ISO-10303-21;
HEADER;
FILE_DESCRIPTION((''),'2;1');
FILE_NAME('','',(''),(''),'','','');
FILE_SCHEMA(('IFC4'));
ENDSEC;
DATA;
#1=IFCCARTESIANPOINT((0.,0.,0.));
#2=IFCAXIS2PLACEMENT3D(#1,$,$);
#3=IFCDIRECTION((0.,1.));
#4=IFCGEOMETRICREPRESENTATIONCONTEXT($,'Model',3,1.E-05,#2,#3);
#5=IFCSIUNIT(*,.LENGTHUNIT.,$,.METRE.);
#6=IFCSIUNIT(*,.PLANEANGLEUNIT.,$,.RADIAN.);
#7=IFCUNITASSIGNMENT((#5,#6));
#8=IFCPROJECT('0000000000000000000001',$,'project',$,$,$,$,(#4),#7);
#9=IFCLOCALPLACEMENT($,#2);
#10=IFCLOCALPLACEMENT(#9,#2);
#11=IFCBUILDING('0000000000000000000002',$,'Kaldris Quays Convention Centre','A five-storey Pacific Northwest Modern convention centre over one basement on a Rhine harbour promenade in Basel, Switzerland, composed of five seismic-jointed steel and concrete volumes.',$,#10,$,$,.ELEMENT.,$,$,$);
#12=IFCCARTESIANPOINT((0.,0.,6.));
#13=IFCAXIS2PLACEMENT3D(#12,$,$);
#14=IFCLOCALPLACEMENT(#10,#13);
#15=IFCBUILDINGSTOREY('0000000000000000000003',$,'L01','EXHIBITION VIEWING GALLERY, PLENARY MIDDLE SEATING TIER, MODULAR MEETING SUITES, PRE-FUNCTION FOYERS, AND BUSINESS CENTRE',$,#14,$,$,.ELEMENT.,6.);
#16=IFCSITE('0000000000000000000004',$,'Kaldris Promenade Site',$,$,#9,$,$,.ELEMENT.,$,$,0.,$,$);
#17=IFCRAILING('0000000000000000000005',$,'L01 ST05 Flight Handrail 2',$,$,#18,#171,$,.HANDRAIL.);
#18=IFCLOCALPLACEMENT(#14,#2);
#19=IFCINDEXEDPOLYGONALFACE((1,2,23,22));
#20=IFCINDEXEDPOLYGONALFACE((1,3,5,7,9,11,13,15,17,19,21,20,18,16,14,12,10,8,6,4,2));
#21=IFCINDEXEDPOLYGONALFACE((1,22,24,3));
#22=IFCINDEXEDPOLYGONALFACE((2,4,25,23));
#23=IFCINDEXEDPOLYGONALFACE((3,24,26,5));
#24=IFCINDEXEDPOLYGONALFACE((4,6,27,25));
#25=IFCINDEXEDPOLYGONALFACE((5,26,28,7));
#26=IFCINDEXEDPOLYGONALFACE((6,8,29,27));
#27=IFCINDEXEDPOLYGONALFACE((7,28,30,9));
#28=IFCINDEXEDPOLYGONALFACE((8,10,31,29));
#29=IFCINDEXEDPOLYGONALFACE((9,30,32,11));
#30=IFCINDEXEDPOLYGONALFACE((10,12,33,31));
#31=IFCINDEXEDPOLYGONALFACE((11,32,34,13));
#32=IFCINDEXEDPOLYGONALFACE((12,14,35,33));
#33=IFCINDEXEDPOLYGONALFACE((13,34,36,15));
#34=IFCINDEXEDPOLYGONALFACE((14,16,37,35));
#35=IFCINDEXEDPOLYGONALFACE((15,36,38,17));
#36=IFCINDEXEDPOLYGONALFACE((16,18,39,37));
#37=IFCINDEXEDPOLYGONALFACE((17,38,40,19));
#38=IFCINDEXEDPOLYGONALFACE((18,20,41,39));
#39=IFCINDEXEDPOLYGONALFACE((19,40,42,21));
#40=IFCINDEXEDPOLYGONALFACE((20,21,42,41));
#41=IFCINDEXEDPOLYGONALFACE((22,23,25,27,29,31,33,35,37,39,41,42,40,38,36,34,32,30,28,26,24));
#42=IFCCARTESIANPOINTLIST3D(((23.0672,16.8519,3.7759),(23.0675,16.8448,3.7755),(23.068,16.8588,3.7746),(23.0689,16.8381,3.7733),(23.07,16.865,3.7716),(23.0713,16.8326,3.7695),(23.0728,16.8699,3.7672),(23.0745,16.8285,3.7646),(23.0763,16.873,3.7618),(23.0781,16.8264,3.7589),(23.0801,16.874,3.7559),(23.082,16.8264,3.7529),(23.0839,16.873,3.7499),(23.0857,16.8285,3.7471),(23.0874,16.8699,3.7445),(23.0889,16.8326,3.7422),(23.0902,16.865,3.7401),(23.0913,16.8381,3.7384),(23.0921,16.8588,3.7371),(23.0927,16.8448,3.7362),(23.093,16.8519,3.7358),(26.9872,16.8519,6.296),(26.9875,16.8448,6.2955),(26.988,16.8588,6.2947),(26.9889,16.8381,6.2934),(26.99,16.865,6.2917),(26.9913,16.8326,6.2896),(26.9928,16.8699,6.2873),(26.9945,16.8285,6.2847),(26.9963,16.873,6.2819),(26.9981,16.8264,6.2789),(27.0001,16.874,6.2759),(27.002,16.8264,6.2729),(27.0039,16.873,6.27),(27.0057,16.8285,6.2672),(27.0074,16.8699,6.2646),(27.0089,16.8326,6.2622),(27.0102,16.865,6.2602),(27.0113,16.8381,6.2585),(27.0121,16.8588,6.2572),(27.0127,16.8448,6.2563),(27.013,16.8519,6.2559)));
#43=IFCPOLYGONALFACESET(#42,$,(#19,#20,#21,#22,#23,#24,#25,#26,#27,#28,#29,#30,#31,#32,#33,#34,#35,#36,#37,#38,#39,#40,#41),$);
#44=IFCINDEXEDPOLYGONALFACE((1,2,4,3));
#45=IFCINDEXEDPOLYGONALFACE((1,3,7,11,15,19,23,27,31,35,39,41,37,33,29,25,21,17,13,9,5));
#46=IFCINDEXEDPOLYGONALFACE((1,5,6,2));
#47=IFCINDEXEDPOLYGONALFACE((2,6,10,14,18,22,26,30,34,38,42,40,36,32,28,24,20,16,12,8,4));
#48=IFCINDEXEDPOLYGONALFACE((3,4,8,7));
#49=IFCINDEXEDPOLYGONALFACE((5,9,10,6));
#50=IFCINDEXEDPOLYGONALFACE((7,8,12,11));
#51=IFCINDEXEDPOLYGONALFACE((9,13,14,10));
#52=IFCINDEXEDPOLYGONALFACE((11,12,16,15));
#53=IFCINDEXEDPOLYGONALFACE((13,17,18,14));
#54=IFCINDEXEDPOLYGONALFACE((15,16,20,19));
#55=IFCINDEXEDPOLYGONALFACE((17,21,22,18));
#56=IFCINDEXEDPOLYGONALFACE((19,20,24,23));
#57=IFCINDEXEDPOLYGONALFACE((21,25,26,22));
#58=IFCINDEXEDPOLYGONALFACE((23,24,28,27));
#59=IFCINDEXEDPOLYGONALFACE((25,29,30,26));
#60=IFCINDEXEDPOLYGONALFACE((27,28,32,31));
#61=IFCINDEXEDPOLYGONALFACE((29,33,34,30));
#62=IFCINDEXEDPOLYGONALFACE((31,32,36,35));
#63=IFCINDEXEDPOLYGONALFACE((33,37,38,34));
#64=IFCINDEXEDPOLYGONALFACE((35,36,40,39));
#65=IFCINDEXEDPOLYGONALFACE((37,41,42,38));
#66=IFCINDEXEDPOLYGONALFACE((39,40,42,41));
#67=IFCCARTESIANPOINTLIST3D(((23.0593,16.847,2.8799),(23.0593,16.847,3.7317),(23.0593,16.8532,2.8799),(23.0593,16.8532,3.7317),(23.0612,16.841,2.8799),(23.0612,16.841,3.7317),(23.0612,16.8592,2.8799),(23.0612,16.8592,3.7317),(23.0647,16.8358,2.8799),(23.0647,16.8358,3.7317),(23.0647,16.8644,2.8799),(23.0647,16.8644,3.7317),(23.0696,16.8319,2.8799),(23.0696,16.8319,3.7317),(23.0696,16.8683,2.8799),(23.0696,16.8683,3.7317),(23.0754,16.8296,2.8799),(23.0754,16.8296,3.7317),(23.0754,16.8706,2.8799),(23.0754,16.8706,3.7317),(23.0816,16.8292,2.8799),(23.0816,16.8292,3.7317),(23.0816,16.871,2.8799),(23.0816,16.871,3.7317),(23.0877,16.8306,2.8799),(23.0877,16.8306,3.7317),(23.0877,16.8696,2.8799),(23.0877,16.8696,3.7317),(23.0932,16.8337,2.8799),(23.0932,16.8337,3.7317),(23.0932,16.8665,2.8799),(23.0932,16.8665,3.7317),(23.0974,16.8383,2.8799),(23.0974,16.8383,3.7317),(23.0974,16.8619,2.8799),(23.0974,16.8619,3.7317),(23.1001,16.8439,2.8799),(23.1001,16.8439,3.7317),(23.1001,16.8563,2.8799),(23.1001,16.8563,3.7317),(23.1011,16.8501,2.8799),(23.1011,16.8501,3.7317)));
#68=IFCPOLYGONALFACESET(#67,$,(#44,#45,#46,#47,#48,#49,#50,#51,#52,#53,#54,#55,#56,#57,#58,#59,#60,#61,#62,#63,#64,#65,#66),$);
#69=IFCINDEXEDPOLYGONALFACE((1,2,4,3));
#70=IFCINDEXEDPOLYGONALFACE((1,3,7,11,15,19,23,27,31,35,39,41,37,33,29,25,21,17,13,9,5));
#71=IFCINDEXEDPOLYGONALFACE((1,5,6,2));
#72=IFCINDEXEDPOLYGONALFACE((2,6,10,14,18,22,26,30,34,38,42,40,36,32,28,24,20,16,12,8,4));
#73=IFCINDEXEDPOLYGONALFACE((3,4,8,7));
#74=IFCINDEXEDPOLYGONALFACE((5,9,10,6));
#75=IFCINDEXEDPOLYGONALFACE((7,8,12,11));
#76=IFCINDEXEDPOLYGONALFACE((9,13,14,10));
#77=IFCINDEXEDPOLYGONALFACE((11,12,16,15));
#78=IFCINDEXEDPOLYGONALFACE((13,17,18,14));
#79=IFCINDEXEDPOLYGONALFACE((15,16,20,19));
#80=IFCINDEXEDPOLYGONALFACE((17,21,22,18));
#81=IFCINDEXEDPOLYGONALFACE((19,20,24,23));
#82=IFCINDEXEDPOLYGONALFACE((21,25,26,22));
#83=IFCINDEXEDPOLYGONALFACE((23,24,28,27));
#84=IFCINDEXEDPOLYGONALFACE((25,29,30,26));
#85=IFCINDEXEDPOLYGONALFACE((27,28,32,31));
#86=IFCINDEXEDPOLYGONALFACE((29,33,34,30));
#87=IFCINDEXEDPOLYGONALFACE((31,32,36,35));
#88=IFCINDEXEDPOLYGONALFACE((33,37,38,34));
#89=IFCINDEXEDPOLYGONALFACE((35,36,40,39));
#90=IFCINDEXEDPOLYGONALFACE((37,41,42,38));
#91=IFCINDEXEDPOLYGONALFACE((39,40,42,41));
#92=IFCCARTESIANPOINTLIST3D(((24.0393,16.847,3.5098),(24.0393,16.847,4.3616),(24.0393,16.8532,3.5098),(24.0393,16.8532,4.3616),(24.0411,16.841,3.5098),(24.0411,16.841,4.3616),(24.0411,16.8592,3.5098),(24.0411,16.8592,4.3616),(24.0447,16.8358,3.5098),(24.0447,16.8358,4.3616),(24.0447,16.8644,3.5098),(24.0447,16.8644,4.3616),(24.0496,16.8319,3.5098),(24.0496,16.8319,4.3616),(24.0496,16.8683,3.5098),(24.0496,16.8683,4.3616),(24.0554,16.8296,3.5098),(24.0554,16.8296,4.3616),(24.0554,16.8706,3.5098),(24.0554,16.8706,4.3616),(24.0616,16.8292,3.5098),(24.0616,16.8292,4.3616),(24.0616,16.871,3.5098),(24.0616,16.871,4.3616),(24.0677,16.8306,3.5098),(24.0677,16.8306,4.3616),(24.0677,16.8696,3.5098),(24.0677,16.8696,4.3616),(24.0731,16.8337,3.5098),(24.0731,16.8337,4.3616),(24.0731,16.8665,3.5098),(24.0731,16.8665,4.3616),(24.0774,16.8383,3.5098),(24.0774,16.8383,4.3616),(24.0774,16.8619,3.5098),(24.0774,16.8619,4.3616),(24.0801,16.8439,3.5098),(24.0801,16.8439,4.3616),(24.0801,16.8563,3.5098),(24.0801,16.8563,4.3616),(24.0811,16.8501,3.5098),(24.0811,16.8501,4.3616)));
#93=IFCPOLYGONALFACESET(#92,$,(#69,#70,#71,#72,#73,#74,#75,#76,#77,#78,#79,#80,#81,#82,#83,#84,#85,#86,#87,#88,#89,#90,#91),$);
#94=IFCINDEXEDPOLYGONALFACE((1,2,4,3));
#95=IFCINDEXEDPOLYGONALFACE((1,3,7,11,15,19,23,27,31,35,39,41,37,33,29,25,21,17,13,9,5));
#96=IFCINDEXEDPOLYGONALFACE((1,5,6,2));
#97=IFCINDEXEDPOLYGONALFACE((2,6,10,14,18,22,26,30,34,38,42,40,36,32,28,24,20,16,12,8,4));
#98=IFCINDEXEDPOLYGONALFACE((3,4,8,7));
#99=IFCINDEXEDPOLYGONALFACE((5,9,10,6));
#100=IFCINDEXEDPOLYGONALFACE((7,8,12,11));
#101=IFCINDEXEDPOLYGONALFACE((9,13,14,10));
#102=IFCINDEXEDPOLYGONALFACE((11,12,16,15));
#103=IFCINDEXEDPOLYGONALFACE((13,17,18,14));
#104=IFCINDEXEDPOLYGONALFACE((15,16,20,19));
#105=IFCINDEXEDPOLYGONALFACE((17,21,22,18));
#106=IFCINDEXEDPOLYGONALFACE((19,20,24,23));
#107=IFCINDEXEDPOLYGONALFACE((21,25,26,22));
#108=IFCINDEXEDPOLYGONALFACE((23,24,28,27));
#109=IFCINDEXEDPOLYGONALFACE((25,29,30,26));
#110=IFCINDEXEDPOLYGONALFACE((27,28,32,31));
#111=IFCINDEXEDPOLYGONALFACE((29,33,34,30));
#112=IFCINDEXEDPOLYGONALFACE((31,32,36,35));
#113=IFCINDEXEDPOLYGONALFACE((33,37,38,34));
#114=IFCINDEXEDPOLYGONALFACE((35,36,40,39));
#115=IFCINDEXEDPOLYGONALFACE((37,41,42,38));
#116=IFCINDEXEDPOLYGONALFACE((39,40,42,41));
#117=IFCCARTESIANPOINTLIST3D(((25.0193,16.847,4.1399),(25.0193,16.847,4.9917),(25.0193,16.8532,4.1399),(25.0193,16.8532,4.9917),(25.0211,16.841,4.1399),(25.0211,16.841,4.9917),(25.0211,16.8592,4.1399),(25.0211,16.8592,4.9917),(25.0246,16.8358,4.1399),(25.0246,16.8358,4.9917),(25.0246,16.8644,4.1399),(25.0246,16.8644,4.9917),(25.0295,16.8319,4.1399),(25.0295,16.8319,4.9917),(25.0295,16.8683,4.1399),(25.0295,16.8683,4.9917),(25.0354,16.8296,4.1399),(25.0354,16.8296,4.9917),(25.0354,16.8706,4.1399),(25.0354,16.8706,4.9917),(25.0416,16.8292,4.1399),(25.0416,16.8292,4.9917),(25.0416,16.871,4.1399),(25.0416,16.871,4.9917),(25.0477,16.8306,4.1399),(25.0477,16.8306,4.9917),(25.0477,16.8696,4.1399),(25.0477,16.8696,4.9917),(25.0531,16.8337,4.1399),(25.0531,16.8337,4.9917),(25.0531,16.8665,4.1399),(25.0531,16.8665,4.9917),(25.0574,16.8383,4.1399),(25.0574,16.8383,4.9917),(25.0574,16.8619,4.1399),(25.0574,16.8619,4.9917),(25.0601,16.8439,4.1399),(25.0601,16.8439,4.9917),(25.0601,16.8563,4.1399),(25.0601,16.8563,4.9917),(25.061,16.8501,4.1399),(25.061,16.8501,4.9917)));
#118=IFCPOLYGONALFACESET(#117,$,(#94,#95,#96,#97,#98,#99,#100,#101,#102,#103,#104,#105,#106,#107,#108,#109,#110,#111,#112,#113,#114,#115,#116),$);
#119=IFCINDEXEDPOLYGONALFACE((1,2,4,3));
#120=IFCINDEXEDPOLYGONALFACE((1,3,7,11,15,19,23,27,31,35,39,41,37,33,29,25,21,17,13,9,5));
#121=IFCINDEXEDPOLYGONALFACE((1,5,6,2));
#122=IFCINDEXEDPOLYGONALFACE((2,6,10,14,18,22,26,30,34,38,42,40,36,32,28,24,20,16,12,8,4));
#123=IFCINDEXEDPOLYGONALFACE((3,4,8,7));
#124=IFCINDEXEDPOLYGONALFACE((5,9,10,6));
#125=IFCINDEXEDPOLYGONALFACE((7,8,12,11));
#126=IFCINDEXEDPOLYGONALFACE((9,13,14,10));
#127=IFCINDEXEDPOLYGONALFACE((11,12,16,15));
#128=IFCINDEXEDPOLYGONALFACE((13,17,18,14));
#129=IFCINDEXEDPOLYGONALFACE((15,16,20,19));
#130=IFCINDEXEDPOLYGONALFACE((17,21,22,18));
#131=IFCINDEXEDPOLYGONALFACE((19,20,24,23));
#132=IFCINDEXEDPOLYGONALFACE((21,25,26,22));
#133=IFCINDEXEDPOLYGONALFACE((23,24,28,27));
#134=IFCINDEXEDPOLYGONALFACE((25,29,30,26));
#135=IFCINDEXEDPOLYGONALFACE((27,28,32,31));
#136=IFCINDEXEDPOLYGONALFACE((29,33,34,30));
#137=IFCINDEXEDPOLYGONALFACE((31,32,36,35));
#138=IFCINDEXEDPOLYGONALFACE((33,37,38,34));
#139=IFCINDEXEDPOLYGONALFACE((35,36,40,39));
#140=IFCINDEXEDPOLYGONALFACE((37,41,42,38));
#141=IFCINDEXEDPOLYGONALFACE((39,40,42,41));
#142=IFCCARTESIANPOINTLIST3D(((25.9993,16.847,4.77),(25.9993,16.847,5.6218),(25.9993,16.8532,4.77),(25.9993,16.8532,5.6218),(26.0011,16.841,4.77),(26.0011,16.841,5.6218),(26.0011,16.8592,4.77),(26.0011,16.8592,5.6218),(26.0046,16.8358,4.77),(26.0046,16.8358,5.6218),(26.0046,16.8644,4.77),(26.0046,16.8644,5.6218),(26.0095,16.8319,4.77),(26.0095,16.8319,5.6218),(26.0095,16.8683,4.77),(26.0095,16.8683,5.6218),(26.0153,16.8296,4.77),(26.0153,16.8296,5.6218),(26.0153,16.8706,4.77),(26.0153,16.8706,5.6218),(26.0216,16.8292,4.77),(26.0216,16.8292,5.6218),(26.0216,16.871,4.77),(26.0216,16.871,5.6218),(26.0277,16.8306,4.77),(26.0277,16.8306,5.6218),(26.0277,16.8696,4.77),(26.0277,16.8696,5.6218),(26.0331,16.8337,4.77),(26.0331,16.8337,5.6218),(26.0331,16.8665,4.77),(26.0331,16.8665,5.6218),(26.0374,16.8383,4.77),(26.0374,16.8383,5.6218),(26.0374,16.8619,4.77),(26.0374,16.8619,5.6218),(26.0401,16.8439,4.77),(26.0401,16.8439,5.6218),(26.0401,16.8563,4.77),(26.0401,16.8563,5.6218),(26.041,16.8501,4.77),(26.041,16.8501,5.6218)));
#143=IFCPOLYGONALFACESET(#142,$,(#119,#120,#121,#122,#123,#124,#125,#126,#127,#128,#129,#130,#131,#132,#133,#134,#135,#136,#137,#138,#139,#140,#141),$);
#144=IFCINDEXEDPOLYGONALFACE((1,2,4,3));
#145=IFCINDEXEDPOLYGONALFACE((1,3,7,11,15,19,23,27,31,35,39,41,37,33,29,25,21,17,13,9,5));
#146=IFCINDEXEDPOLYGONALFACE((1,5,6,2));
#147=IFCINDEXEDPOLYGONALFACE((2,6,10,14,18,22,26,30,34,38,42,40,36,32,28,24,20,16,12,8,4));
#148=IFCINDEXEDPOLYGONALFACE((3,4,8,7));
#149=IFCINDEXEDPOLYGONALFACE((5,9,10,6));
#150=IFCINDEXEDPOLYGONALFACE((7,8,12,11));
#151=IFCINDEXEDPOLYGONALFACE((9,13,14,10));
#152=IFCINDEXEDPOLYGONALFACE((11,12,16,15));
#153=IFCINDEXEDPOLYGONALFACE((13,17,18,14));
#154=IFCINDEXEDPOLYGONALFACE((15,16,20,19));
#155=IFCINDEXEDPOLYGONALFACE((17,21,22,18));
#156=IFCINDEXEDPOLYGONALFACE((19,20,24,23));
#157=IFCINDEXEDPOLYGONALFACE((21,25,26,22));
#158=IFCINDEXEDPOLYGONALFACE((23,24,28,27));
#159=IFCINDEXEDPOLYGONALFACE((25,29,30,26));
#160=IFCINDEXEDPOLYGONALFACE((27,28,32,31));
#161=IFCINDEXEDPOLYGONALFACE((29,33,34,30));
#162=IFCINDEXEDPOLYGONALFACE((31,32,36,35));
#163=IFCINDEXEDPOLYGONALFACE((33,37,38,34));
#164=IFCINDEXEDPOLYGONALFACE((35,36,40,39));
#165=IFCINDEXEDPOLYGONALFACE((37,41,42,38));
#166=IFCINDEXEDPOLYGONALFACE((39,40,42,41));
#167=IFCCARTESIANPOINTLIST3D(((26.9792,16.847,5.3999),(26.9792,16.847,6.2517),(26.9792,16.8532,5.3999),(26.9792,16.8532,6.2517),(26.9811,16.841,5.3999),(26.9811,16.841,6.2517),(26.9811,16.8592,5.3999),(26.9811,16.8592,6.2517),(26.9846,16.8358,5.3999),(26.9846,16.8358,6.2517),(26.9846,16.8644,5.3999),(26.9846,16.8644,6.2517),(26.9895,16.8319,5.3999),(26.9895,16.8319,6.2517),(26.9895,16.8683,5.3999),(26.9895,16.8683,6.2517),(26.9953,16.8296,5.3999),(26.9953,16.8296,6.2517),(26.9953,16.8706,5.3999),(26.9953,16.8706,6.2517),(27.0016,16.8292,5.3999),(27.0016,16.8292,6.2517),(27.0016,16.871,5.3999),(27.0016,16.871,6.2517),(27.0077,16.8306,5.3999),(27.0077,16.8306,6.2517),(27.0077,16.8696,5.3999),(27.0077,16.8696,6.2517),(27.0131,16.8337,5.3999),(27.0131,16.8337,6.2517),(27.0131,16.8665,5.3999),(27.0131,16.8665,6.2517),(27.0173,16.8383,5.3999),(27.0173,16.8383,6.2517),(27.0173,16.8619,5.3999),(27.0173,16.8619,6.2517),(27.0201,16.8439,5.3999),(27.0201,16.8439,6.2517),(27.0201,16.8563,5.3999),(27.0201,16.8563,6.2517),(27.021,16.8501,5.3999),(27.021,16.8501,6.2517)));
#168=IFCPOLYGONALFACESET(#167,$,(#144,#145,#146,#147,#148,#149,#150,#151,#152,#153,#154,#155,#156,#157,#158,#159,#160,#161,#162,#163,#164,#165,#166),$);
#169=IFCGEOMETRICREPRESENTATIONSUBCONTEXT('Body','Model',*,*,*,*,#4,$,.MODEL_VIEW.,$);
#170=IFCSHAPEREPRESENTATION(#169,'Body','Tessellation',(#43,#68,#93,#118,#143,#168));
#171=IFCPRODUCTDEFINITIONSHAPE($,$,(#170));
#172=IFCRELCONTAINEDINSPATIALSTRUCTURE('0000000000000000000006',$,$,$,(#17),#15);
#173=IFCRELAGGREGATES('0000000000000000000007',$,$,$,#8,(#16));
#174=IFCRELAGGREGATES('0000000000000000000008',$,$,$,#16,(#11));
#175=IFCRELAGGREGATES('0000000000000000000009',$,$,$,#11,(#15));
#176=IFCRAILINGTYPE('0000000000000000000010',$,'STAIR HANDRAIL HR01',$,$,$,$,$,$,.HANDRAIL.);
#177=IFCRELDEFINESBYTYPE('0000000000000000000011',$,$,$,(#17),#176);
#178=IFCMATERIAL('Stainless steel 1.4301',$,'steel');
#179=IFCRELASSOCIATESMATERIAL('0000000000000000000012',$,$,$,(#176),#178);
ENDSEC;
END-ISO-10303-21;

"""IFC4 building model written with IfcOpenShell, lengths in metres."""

from ifc_helpers import new_model, si_unit, direction, frame, origin, origin_2d, place, context, subcontext, project, spatial, circle, extrude, material, type_object, element, save


model = new_model("IFC4")

# Units and contexts
model_context = context("Model", 3, precision=1e-05, world=origin(), true_north=direction((0.0, 1.0)))
body_context = subcontext(model_context, "Body", "Model", "MODEL_VIEW")
ifc_project = project(units=[si_unit("LENGTHUNIT", "METRE"), si_unit("PLANEANGLEUNIT", "RADIAN")], contexts=[model_context])

# Site, building, storey
site_placement = place(None, origin())
site = spatial("IfcSite", under=ifc_project, at=site_placement, Name="Kaldris Promenade Site", CompositionType="ELEMENT", RefElevation=0.0)
building_placement = place(site_placement, origin())
building = spatial("IfcBuilding", under=site, at=building_placement, Name="Kaldris Quays Convention Centre", Description="A five-storey Pacific Northwest Modern convention centre over one basement on a Rhine harbour promenade in Basel, Switzerland, composed of five seismic-jointed steel and concrete volumes.", CompositionType="ELEMENT")
storey_placement = place(building_placement, frame((0.0, 0.0, 6.0)))
storey = spatial("IfcBuildingStorey", under=building, at=storey_placement, Name="L01", Description="EXHIBITION VIEWING GALLERY, PLENARY MIDDLE SEATING TIER, MODULAR MEETING SUITES, PRE-FUNCTION FOYERS, AND BUSINESS CENTRE", CompositionType="ELEMENT", Elevation=6.0)

# Railing
ifc_material_1 = material(Name="Stainless steel 1.4301", Category="steel")
railing_type_1 = type_object("IfcRailingType", Name="STAIR HANDRAIL HR01", PredefinedType="HANDRAIL", material=ifc_material_1)
railing_1_placement = place(storey_placement, frame((23.0801, 16.8501, 2.8799)))
element("IfcRailing", 1, at=railing_1_placement, inside=storey, type_object=railing_type_1, Name="L01 ST05 Flight Handrail 2", PredefinedType="HANDRAIL", context=body_context, shape_type="SweptSolid", body=[
    extrude(circle(Radius=0.0239, at=origin_2d()), frame((0.0, 0.0, 0.876), z_axis=(0.841172, 0.0, 0.540768), x_axis=(0.0, 1.0, 0.0)), (0.0, 0.0, 1.0), 4.6602),
    extrude(circle(Radius=0.021, at=origin_2d()), origin(), (0.0, 0.0, 1.0), 0.8518),
    extrude(circle(Radius=0.021, at=origin_2d()), frame((0.98, 0.0, 0.6299)), (0.0, 0.0, 1.0), 0.8518),
    extrude(circle(Radius=0.021, at=origin_2d()), frame((1.96, 0.0, 1.26)), (0.0, 0.0, 1.0), 0.8518),
    extrude(circle(Radius=0.021, at=origin_2d()), frame((2.9399, 0.0, 1.8901)), (0.0, 0.0, 1.0), 0.8518),
    extrude(circle(Radius=0.021, at=origin_2d()), frame((3.9199, 0.0, 2.52)), (0.0, 0.0, 1.0), 0.8518),
])

save(model, "model.ifc")
